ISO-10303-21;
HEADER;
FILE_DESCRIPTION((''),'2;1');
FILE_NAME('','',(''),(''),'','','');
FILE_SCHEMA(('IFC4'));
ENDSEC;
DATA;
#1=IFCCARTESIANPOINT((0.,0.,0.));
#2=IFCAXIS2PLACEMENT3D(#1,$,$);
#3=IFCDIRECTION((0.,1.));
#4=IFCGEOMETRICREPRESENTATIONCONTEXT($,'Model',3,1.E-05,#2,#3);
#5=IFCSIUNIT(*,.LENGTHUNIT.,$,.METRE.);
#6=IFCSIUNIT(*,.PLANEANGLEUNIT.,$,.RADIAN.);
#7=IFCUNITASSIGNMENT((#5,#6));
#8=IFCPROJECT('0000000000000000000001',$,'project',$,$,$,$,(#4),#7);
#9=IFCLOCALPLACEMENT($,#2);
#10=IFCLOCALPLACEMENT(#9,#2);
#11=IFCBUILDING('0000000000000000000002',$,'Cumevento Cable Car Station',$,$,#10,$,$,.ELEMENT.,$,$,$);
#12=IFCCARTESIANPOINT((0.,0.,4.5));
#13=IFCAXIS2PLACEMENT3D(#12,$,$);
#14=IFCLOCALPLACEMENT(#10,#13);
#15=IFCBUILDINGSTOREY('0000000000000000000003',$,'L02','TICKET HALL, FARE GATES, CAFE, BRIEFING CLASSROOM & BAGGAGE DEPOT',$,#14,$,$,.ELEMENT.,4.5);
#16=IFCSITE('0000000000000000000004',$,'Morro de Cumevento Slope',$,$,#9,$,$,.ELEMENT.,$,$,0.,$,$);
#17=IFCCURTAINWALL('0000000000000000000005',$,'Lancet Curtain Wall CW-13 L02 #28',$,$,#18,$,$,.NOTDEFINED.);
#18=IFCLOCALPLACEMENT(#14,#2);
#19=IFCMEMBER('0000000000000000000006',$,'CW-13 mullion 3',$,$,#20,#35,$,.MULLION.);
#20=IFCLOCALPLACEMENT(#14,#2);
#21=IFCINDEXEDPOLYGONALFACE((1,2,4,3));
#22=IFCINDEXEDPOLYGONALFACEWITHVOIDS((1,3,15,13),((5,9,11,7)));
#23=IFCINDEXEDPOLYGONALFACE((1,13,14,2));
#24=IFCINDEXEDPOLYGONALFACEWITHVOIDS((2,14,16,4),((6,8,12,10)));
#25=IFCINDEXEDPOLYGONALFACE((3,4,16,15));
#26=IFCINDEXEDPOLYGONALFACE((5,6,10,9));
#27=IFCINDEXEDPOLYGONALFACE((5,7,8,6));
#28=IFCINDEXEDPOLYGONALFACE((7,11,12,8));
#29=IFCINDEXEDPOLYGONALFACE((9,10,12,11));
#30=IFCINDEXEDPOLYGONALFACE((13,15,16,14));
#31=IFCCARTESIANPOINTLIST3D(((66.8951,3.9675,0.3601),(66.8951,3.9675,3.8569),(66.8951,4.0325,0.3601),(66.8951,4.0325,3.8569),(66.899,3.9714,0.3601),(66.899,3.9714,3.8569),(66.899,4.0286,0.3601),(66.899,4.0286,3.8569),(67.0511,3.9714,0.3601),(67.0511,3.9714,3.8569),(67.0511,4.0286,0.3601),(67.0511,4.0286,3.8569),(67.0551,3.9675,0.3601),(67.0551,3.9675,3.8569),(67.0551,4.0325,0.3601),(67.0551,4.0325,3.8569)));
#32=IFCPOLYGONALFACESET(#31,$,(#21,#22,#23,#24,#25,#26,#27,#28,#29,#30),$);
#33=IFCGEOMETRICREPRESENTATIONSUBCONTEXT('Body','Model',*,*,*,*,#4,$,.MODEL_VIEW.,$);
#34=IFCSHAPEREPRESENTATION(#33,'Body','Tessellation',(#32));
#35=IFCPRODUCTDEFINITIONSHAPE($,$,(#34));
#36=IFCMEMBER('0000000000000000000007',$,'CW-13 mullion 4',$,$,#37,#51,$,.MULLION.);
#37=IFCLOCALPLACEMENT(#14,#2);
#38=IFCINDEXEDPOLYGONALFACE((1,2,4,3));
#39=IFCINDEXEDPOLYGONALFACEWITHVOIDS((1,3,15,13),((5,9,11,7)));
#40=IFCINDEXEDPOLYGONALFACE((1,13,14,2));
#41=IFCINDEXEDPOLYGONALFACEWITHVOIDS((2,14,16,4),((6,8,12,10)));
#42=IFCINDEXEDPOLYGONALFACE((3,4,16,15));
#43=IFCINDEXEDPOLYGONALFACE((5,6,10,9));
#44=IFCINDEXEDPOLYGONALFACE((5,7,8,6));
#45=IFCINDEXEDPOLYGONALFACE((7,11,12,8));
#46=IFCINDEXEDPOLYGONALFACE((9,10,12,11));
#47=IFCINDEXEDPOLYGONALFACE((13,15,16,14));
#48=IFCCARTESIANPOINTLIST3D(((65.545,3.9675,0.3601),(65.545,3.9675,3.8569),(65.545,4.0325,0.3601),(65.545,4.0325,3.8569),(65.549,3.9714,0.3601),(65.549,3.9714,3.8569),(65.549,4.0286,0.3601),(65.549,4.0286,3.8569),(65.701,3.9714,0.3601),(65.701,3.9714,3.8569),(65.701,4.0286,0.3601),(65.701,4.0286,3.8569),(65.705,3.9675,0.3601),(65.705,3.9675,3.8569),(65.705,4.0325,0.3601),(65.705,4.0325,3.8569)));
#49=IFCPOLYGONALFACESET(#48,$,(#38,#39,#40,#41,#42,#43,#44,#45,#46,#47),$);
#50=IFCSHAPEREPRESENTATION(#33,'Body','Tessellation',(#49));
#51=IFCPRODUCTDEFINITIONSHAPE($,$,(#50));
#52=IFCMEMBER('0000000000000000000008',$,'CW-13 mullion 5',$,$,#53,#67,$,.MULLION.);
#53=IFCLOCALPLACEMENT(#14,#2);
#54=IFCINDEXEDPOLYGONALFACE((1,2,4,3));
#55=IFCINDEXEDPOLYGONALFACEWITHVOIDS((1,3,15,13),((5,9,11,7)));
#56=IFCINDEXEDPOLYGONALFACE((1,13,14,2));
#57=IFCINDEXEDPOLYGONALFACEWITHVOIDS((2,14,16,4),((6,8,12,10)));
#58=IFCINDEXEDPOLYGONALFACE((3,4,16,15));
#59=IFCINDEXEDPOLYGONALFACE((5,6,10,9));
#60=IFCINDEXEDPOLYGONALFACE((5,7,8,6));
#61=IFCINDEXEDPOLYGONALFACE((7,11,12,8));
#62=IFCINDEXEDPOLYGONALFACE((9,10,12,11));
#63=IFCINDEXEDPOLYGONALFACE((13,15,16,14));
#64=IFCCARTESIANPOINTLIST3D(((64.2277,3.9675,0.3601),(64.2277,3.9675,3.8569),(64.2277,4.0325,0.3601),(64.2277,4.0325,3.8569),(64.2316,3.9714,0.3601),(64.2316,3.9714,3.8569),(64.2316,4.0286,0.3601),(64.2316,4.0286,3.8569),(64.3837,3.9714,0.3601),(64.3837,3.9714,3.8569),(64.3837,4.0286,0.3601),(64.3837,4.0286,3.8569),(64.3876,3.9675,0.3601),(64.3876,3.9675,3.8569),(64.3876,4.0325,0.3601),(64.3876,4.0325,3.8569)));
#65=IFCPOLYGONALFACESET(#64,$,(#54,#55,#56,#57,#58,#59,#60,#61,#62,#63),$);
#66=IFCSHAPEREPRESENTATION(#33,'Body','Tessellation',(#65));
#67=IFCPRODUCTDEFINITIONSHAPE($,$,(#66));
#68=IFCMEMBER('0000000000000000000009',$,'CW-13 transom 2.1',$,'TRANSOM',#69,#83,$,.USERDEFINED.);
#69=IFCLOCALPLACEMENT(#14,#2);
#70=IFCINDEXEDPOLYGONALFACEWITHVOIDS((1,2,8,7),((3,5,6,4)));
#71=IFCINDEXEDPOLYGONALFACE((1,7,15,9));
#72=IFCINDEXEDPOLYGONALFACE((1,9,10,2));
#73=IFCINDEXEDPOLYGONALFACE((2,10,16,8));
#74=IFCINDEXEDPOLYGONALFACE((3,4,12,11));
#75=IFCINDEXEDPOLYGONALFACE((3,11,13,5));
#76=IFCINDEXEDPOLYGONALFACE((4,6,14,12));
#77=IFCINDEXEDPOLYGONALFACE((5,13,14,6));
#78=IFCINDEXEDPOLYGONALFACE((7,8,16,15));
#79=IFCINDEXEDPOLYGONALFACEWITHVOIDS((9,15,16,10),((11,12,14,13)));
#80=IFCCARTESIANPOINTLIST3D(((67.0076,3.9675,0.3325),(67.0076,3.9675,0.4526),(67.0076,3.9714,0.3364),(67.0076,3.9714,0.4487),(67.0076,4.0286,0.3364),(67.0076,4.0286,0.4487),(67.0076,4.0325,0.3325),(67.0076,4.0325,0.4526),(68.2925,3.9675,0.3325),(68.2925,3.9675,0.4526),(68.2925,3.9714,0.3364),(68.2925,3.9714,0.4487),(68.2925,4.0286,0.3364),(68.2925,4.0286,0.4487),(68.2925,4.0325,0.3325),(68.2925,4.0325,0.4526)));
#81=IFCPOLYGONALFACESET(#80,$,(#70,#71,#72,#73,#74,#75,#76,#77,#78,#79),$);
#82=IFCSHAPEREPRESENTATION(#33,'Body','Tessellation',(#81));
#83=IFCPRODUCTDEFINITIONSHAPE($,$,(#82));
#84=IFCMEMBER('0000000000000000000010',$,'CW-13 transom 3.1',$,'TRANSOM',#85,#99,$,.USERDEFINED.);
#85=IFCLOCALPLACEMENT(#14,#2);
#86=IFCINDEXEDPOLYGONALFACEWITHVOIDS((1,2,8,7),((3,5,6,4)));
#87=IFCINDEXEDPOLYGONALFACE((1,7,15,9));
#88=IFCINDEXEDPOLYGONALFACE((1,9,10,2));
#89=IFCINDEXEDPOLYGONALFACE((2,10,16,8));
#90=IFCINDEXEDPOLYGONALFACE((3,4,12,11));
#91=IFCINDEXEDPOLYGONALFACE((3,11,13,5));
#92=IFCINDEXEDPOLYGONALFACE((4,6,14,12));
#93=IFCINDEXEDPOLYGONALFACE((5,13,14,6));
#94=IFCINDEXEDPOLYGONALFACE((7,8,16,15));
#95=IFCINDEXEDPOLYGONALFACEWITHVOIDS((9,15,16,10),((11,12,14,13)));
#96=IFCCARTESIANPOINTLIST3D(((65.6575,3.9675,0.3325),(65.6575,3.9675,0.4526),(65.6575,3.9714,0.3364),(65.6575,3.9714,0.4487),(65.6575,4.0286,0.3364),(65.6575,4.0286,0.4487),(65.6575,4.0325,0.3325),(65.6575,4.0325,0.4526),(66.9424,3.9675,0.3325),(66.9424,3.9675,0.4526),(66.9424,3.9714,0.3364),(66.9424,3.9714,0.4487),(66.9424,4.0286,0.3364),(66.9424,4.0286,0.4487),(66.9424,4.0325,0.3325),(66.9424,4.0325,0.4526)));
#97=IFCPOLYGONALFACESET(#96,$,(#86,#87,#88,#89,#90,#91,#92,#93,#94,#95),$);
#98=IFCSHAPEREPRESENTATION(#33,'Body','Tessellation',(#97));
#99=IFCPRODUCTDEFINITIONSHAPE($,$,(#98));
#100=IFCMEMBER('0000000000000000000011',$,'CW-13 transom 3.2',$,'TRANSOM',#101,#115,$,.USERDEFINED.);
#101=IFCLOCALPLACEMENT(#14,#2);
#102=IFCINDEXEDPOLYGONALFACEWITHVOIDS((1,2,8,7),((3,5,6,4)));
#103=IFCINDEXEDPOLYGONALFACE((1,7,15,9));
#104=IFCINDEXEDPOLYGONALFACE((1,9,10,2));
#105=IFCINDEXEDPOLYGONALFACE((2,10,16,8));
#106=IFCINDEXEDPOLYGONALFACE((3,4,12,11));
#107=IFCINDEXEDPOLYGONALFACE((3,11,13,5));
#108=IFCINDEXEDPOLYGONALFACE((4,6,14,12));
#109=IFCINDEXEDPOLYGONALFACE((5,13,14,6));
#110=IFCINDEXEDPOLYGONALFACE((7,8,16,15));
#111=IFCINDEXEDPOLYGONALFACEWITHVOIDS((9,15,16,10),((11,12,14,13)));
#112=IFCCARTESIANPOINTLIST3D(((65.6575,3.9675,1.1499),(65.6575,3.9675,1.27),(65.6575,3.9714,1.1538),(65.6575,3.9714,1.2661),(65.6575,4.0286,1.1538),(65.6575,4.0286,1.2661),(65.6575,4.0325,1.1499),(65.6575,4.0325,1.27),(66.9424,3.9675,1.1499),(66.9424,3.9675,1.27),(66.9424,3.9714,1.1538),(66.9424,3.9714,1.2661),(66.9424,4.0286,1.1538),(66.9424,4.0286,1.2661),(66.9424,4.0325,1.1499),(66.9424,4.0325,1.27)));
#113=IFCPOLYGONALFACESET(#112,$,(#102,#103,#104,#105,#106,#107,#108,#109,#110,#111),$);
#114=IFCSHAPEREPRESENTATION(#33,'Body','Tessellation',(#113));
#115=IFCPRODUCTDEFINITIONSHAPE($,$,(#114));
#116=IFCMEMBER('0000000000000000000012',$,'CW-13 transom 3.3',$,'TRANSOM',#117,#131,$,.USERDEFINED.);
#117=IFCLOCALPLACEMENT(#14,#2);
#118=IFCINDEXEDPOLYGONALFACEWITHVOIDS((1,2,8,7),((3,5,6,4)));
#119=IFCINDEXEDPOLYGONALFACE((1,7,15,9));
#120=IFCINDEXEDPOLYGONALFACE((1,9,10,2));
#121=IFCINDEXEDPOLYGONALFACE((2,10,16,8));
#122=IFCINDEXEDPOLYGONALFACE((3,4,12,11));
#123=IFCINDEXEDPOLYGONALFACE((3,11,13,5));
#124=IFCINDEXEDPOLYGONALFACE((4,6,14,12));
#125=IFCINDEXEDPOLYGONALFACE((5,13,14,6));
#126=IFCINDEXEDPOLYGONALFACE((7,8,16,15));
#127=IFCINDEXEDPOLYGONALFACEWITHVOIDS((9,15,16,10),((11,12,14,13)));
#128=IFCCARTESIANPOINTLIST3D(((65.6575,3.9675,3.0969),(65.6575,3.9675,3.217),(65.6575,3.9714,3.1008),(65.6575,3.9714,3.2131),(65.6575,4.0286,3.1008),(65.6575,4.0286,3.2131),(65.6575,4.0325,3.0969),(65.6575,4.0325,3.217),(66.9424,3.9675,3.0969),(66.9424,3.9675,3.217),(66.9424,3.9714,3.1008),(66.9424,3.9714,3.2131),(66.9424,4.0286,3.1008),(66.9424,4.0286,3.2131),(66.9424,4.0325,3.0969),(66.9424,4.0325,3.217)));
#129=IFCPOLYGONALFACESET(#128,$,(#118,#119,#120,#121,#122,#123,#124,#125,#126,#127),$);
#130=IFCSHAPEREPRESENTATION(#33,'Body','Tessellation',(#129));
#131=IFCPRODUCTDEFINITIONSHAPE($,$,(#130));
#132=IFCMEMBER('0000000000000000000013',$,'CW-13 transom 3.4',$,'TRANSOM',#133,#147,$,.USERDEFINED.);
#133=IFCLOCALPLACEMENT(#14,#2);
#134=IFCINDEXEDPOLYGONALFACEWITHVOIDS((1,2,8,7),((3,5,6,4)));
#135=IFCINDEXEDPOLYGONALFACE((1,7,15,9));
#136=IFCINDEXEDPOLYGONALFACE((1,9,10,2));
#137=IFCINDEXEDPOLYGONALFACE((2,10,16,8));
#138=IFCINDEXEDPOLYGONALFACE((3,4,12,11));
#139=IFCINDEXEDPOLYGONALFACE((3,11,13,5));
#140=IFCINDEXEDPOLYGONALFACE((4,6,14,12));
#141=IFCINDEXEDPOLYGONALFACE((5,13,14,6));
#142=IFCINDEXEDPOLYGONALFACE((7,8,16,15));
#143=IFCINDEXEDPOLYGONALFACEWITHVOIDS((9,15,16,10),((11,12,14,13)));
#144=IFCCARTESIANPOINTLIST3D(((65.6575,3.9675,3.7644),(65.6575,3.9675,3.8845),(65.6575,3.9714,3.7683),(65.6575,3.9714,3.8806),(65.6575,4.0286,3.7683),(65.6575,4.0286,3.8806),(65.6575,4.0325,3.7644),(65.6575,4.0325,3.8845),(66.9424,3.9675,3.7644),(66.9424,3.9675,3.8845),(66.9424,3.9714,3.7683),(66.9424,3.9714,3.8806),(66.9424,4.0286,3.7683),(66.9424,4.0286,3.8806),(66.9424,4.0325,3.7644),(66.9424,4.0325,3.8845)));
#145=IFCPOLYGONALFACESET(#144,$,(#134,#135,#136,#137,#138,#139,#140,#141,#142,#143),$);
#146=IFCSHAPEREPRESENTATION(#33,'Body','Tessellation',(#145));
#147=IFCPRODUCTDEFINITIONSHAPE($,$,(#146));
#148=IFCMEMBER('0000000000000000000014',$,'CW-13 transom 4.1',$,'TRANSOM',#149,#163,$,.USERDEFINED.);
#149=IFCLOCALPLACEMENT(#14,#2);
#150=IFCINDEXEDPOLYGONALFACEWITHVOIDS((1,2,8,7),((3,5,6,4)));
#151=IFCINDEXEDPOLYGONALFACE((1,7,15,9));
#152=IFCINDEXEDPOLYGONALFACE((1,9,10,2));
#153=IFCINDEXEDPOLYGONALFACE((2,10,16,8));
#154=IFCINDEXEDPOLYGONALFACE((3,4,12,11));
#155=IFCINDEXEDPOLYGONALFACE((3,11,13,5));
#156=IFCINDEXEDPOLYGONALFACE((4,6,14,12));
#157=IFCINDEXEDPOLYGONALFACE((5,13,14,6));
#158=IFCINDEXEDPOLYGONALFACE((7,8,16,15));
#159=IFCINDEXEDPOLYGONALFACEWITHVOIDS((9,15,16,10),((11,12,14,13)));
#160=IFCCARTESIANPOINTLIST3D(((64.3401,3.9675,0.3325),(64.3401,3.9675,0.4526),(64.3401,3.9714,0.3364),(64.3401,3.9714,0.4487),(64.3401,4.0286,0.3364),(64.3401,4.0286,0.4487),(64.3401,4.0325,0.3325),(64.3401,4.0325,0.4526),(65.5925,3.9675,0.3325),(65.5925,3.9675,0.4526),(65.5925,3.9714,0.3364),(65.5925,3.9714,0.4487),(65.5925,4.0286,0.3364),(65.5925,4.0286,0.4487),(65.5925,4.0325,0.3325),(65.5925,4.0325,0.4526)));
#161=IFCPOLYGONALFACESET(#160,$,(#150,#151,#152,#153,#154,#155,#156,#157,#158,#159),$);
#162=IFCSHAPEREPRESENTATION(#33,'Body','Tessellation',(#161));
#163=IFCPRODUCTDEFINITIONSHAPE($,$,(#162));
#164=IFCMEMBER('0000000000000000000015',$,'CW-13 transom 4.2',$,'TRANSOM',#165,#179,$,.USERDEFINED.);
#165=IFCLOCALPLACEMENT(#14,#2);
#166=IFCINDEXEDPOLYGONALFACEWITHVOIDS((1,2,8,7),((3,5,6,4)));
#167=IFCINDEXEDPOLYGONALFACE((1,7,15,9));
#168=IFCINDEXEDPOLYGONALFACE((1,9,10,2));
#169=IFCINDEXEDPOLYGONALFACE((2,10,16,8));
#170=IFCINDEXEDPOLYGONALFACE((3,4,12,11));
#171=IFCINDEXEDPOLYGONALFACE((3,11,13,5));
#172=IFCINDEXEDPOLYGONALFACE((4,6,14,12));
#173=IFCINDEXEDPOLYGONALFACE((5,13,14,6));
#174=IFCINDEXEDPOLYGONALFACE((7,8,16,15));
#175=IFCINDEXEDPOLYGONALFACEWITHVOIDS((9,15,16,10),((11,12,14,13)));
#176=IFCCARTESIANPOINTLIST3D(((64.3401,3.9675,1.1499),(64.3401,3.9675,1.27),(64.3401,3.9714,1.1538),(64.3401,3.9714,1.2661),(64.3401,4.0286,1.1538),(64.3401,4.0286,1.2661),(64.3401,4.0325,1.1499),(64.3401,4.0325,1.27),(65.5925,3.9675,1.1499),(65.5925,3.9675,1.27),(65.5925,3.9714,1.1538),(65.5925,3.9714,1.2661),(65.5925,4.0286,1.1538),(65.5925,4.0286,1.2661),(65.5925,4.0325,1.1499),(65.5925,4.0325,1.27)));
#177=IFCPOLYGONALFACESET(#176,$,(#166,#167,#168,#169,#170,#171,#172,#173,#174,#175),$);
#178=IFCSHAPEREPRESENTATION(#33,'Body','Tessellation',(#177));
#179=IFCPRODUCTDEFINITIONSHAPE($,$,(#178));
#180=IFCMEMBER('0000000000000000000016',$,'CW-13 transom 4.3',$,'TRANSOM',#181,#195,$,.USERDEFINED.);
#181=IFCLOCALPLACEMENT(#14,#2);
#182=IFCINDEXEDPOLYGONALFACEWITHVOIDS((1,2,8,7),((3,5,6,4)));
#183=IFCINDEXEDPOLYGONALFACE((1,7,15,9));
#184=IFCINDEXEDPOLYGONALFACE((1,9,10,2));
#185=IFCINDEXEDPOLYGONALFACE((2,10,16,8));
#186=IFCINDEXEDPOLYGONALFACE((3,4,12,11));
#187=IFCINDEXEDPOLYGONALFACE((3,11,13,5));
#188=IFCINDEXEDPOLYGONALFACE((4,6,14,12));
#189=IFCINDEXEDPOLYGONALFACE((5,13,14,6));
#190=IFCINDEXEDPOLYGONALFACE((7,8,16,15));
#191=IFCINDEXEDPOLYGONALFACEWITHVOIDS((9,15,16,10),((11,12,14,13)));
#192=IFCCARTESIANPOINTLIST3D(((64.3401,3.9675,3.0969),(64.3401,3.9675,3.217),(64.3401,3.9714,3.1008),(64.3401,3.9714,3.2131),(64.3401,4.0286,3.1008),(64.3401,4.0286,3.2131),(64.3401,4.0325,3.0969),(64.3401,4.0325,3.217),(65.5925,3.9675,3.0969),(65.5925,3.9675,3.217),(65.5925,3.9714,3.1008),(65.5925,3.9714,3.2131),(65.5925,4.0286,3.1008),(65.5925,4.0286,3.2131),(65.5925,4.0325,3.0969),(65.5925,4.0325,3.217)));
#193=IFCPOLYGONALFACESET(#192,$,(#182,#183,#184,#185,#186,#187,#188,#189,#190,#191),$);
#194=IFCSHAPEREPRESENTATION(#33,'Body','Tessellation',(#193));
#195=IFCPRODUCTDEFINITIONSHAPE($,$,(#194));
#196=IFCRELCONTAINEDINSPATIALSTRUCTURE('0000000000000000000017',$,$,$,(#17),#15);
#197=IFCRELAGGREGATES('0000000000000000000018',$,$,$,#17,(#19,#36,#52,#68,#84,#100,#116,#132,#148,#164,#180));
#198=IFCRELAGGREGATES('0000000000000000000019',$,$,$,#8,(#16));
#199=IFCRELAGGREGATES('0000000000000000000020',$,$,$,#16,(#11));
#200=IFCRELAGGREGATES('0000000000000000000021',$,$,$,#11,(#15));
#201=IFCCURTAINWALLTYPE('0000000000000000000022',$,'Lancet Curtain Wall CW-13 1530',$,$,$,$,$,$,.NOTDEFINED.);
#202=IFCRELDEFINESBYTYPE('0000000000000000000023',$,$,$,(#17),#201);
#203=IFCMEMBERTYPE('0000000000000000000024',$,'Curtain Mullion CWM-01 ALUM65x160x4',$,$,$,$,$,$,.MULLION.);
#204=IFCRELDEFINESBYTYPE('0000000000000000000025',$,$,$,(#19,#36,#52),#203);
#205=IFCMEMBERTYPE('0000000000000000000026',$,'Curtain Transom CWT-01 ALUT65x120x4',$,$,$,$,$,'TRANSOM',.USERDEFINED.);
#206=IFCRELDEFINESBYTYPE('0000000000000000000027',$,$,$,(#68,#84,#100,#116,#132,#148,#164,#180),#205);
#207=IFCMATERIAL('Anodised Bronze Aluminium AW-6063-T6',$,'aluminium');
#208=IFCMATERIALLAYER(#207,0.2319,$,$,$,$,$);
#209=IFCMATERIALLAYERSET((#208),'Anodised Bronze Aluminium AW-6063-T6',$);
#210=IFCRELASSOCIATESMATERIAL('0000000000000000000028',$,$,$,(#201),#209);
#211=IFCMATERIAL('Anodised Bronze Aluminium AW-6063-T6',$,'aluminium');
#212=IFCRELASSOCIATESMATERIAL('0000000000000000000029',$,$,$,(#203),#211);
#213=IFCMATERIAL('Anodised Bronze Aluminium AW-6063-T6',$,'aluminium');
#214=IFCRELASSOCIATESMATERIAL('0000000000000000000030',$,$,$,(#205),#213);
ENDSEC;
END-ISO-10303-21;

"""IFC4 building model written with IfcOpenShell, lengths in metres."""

from ifc_helpers import new_model, si_unit, direction, frame, origin, origin_2d, place, context, subcontext, project, spatial, hollow_rectangle, extrude, material, layer, layer_set, material_profile, profile_set, type_object, element, aggregate, save


model = new_model("IFC4")

# Units and contexts
model_context = context("Model", 3, precision=1e-05, world=origin(), true_north=direction((0.0, 1.0)))
body_context = subcontext(model_context, "Body", "Model", "MODEL_VIEW")
ifc_project = project(units=[si_unit("LENGTHUNIT", "METRE"), si_unit("PLANEANGLEUNIT", "RADIAN")], contexts=[model_context])

# Site, building, storey
site_placement = place(None, origin())
site = spatial("IfcSite", under=ifc_project, at=site_placement, Name="Morro de Cumevento Slope", CompositionType="ELEMENT", RefElevation=0.0)
building_placement = place(site_placement, origin())
building = spatial("IfcBuilding", under=site, at=building_placement, Name="Cumevento Cable Car Station", CompositionType="ELEMENT")
storey_placement = place(building_placement, frame((0.0, 0.0, 4.5)))
storey = spatial("IfcBuildingStorey", under=building, at=storey_placement, Name="L02", Description="TICKET HALL, FARE GATES, CAFE, BRIEFING CLASSROOM & BAGGAGE DEPOT", CompositionType="ELEMENT", Elevation=4.5)

# Curtain wall, members
ifc_material_1 = material(Name="Anodised Bronze Aluminium AW-6063-T6", Category="aluminium")
ifc_layer_1 = layer(ifc_material_1, 0.2319)
ifc_layer_set_1 = layer_set([ifc_layer_1], Name="Anodised Bronze Aluminium AW-6063-T6")
curtain_wall_type = type_object("IfcCurtainWallType", Name="Lancet Curtain Wall CW-13 1530", PredefinedType="NOTDEFINED", material=ifc_layer_set_1)
curtain_wall_placement = place(storey_placement, origin())
curtain_wall = element("IfcCurtainWall", 1, at=curtain_wall_placement, inside=storey, type_object=curtain_wall_type, Name="Lancet Curtain Wall CW-13 L02 #28", PredefinedType="NOTDEFINED")
ifc_material_2 = material(Name="Anodised Bronze Aluminium AW-6063-T6", Category="aluminium")
ifc_material_profile_1 = material_profile(ifc_material_2, hollow_rectangle(XDim=0.0649, YDim=0.1599, WallThickness=0.0039, at=origin_2d()), Name="ALUM65x160x4")
ifc_profile_set_1 = profile_set([ifc_material_profile_1], Name="Anodised Bronze Aluminium AW-6063-T6")
member_type_1 = type_object("IfcMemberType", Name="Curtain Mullion CWM-01 ALUM65x160x4", PredefinedType="MULLION", material=ifc_profile_set_1)
member_1_placement = place(storey_placement, frame((66.9751, 4.0, 0.3601), z_axis=(0.0, 0.0, 1.0), x_axis=(0.0, -1.0, 0.0)))
member_1 = element("IfcMember", 2, at=member_1_placement, type_object=member_type_1, Name="CW-13 mullion 3", PredefinedType="MULLION", context=body_context, shape_type="SweptSolid", body=[
    extrude(hollow_rectangle(XDim=0.0649, YDim=0.1599, WallThickness=0.0039, at=origin_2d()), origin(), (0.0, 0.0, 1.0), 3.4968),
])
member_2_placement = place(storey_placement, frame((65.625, 4.0, 0.3601), z_axis=(0.0, 0.0, 1.0), x_axis=(0.0, -1.0, 0.0)))
member_2 = element("IfcMember", 3, at=member_2_placement, type_object=member_type_1, Name="CW-13 mullion 4", PredefinedType="MULLION", context=body_context, shape_type="SweptSolid", body=[
    extrude(hollow_rectangle(XDim=0.0649, YDim=0.1599, WallThickness=0.0039, at=origin_2d()), origin(), (0.0, 0.0, 1.0), 3.4968),
])
member_3_placement = place(storey_placement, frame((64.3076, 4.0, 0.3601), z_axis=(0.0, 0.0, 1.0), x_axis=(0.0, -1.0, 0.0)))
member_3 = element("IfcMember", 4, at=member_3_placement, type_object=member_type_1, Name="CW-13 mullion 5", PredefinedType="MULLION", context=body_context, shape_type="SweptSolid", body=[
    extrude(hollow_rectangle(XDim=0.0649, YDim=0.1599, WallThickness=0.0039, at=origin_2d()), origin(), (0.0, 0.0, 1.0), 3.4968),
])
ifc_material_3 = material(Name="Anodised Bronze Aluminium AW-6063-T6", Category="aluminium")
ifc_material_profile_2 = material_profile(ifc_material_3, hollow_rectangle(XDim=0.0649, YDim=0.1201, WallThickness=0.0039, at=origin_2d()), Name="ALUT65x120x4")
ifc_profile_set_2 = profile_set([ifc_material_profile_2], Name="Anodised Bronze Aluminium AW-6063-T6")
member_type_2 = type_object("IfcMemberType", Name="Curtain Transom CWT-01 ALUT65x120x4", ElementType="TRANSOM", PredefinedType="USERDEFINED", material=ifc_profile_set_2)
member_4_placement = place(storey_placement, frame((68.2925, 4.0, 0.3926), z_axis=(-1.0, 0.0, 0.0), x_axis=(0.0, -1.0, 0.0)))
member_4 = element("IfcMember", 5, at=member_4_placement, type_object=member_type_2, Name="CW-13 transom 2.1", ObjectType="TRANSOM", PredefinedType="USERDEFINED", context=body_context, shape_type="SweptSolid", body=[
    extrude(hollow_rectangle(XDim=0.0649, YDim=0.1201, WallThickness=0.0039, at=origin_2d()), origin(), (0.0, 0.0, 1.0), 1.2849),
])
member_5_placement = place(storey_placement, frame((66.9424, 4.0, 0.3926), z_axis=(-1.0, 0.0, 0.0), x_axis=(0.0, -1.0, 0.0)))
member_5 = element("IfcMember", 6, at=member_5_placement, type_object=member_type_2, Name="CW-13 transom 3.1", ObjectType="TRANSOM", PredefinedType="USERDEFINED", context=body_context, shape_type="SweptSolid", body=[
    extrude(hollow_rectangle(XDim=0.0649, YDim=0.1201, WallThickness=0.0039, at=origin_2d()), origin(), (0.0, 0.0, 1.0), 1.2849),
])
member_6_placement = place(storey_placement, frame((66.9424, 4.0, 1.21), z_axis=(-1.0, 0.0, 0.0), x_axis=(0.0, -1.0, 0.0)))
member_6 = element("IfcMember", 7, at=member_6_placement, type_object=member_type_2, Name="CW-13 transom 3.2", ObjectType="TRANSOM", PredefinedType="USERDEFINED", context=body_context, shape_type="SweptSolid", body=[
    extrude(hollow_rectangle(XDim=0.0649, YDim=0.1201, WallThickness=0.0039, at=origin_2d()), origin(), (0.0, 0.0, 1.0), 1.2849),
])
member_7_placement = place(storey_placement, frame((66.9424, 4.0, 3.157), z_axis=(-1.0, 0.0, 0.0), x_axis=(0.0, -1.0, 0.0)))
member_7 = element("IfcMember", 8, at=member_7_placement, type_object=member_type_2, Name="CW-13 transom 3.3", ObjectType="TRANSOM", PredefinedType="USERDEFINED", context=body_context, shape_type="SweptSolid", body=[
    extrude(hollow_rectangle(XDim=0.0649, YDim=0.1201, WallThickness=0.0039, at=origin_2d()), origin(), (0.0, 0.0, 1.0), 1.2849),
])
member_8_placement = place(storey_placement, frame((66.9424, 4.0, 3.8245), z_axis=(-1.0, 0.0, 0.0), x_axis=(0.0, -1.0, 0.0)))
member_8 = element("IfcMember", 9, at=member_8_placement, type_object=member_type_2, Name="CW-13 transom 3.4", ObjectType="TRANSOM", PredefinedType="USERDEFINED", context=body_context, shape_type="SweptSolid", body=[
    extrude(hollow_rectangle(XDim=0.0649, YDim=0.1201, WallThickness=0.0039, at=origin_2d()), origin(), (0.0, 0.0, 1.0), 1.2849),
])
member_9_placement = place(storey_placement, frame((65.5925, 4.0, 0.3926), z_axis=(-1.0, 0.0, 0.0), x_axis=(0.0, -1.0, 0.0)))
member_9 = element("IfcMember", 10, at=member_9_placement, type_object=member_type_2, Name="CW-13 transom 4.1", ObjectType="TRANSOM", PredefinedType="USERDEFINED", context=body_context, shape_type="SweptSolid", body=[
    extrude(hollow_rectangle(XDim=0.0649, YDim=0.1201, WallThickness=0.0039, at=origin_2d()), origin(), (0.0, 0.0, 1.0), 1.2524),
])
member_10_placement = place(storey_placement, frame((65.5925, 4.0, 1.21), z_axis=(-1.0, 0.0, 0.0), x_axis=(0.0, -1.0, 0.0)))
member_10 = element("IfcMember", 11, at=member_10_placement, type_object=member_type_2, Name="CW-13 transom 4.2", ObjectType="TRANSOM", PredefinedType="USERDEFINED", context=body_context, shape_type="SweptSolid", body=[
    extrude(hollow_rectangle(XDim=0.0649, YDim=0.1201, WallThickness=0.0039, at=origin_2d()), origin(), (0.0, 0.0, 1.0), 1.2524),
])
member_11_placement = place(storey_placement, frame((65.5925, 4.0, 3.157), z_axis=(-1.0, 0.0, 0.0), x_axis=(0.0, -1.0, 0.0)))
member_11 = element("IfcMember", 12, at=member_11_placement, type_object=member_type_2, Name="CW-13 transom 4.3", ObjectType="TRANSOM", PredefinedType="USERDEFINED", context=body_context, shape_type="SweptSolid", body=[
    extrude(hollow_rectangle(XDim=0.0649, YDim=0.1201, WallThickness=0.0039, at=origin_2d()), origin(), (0.0, 0.0, 1.0), 1.2524),
])

aggregate(curtain_wall, [member_1, member_2, member_3, member_4, member_5, member_6, member_7, member_8, member_9, member_10, member_11])

save(model, "model.ifc")
